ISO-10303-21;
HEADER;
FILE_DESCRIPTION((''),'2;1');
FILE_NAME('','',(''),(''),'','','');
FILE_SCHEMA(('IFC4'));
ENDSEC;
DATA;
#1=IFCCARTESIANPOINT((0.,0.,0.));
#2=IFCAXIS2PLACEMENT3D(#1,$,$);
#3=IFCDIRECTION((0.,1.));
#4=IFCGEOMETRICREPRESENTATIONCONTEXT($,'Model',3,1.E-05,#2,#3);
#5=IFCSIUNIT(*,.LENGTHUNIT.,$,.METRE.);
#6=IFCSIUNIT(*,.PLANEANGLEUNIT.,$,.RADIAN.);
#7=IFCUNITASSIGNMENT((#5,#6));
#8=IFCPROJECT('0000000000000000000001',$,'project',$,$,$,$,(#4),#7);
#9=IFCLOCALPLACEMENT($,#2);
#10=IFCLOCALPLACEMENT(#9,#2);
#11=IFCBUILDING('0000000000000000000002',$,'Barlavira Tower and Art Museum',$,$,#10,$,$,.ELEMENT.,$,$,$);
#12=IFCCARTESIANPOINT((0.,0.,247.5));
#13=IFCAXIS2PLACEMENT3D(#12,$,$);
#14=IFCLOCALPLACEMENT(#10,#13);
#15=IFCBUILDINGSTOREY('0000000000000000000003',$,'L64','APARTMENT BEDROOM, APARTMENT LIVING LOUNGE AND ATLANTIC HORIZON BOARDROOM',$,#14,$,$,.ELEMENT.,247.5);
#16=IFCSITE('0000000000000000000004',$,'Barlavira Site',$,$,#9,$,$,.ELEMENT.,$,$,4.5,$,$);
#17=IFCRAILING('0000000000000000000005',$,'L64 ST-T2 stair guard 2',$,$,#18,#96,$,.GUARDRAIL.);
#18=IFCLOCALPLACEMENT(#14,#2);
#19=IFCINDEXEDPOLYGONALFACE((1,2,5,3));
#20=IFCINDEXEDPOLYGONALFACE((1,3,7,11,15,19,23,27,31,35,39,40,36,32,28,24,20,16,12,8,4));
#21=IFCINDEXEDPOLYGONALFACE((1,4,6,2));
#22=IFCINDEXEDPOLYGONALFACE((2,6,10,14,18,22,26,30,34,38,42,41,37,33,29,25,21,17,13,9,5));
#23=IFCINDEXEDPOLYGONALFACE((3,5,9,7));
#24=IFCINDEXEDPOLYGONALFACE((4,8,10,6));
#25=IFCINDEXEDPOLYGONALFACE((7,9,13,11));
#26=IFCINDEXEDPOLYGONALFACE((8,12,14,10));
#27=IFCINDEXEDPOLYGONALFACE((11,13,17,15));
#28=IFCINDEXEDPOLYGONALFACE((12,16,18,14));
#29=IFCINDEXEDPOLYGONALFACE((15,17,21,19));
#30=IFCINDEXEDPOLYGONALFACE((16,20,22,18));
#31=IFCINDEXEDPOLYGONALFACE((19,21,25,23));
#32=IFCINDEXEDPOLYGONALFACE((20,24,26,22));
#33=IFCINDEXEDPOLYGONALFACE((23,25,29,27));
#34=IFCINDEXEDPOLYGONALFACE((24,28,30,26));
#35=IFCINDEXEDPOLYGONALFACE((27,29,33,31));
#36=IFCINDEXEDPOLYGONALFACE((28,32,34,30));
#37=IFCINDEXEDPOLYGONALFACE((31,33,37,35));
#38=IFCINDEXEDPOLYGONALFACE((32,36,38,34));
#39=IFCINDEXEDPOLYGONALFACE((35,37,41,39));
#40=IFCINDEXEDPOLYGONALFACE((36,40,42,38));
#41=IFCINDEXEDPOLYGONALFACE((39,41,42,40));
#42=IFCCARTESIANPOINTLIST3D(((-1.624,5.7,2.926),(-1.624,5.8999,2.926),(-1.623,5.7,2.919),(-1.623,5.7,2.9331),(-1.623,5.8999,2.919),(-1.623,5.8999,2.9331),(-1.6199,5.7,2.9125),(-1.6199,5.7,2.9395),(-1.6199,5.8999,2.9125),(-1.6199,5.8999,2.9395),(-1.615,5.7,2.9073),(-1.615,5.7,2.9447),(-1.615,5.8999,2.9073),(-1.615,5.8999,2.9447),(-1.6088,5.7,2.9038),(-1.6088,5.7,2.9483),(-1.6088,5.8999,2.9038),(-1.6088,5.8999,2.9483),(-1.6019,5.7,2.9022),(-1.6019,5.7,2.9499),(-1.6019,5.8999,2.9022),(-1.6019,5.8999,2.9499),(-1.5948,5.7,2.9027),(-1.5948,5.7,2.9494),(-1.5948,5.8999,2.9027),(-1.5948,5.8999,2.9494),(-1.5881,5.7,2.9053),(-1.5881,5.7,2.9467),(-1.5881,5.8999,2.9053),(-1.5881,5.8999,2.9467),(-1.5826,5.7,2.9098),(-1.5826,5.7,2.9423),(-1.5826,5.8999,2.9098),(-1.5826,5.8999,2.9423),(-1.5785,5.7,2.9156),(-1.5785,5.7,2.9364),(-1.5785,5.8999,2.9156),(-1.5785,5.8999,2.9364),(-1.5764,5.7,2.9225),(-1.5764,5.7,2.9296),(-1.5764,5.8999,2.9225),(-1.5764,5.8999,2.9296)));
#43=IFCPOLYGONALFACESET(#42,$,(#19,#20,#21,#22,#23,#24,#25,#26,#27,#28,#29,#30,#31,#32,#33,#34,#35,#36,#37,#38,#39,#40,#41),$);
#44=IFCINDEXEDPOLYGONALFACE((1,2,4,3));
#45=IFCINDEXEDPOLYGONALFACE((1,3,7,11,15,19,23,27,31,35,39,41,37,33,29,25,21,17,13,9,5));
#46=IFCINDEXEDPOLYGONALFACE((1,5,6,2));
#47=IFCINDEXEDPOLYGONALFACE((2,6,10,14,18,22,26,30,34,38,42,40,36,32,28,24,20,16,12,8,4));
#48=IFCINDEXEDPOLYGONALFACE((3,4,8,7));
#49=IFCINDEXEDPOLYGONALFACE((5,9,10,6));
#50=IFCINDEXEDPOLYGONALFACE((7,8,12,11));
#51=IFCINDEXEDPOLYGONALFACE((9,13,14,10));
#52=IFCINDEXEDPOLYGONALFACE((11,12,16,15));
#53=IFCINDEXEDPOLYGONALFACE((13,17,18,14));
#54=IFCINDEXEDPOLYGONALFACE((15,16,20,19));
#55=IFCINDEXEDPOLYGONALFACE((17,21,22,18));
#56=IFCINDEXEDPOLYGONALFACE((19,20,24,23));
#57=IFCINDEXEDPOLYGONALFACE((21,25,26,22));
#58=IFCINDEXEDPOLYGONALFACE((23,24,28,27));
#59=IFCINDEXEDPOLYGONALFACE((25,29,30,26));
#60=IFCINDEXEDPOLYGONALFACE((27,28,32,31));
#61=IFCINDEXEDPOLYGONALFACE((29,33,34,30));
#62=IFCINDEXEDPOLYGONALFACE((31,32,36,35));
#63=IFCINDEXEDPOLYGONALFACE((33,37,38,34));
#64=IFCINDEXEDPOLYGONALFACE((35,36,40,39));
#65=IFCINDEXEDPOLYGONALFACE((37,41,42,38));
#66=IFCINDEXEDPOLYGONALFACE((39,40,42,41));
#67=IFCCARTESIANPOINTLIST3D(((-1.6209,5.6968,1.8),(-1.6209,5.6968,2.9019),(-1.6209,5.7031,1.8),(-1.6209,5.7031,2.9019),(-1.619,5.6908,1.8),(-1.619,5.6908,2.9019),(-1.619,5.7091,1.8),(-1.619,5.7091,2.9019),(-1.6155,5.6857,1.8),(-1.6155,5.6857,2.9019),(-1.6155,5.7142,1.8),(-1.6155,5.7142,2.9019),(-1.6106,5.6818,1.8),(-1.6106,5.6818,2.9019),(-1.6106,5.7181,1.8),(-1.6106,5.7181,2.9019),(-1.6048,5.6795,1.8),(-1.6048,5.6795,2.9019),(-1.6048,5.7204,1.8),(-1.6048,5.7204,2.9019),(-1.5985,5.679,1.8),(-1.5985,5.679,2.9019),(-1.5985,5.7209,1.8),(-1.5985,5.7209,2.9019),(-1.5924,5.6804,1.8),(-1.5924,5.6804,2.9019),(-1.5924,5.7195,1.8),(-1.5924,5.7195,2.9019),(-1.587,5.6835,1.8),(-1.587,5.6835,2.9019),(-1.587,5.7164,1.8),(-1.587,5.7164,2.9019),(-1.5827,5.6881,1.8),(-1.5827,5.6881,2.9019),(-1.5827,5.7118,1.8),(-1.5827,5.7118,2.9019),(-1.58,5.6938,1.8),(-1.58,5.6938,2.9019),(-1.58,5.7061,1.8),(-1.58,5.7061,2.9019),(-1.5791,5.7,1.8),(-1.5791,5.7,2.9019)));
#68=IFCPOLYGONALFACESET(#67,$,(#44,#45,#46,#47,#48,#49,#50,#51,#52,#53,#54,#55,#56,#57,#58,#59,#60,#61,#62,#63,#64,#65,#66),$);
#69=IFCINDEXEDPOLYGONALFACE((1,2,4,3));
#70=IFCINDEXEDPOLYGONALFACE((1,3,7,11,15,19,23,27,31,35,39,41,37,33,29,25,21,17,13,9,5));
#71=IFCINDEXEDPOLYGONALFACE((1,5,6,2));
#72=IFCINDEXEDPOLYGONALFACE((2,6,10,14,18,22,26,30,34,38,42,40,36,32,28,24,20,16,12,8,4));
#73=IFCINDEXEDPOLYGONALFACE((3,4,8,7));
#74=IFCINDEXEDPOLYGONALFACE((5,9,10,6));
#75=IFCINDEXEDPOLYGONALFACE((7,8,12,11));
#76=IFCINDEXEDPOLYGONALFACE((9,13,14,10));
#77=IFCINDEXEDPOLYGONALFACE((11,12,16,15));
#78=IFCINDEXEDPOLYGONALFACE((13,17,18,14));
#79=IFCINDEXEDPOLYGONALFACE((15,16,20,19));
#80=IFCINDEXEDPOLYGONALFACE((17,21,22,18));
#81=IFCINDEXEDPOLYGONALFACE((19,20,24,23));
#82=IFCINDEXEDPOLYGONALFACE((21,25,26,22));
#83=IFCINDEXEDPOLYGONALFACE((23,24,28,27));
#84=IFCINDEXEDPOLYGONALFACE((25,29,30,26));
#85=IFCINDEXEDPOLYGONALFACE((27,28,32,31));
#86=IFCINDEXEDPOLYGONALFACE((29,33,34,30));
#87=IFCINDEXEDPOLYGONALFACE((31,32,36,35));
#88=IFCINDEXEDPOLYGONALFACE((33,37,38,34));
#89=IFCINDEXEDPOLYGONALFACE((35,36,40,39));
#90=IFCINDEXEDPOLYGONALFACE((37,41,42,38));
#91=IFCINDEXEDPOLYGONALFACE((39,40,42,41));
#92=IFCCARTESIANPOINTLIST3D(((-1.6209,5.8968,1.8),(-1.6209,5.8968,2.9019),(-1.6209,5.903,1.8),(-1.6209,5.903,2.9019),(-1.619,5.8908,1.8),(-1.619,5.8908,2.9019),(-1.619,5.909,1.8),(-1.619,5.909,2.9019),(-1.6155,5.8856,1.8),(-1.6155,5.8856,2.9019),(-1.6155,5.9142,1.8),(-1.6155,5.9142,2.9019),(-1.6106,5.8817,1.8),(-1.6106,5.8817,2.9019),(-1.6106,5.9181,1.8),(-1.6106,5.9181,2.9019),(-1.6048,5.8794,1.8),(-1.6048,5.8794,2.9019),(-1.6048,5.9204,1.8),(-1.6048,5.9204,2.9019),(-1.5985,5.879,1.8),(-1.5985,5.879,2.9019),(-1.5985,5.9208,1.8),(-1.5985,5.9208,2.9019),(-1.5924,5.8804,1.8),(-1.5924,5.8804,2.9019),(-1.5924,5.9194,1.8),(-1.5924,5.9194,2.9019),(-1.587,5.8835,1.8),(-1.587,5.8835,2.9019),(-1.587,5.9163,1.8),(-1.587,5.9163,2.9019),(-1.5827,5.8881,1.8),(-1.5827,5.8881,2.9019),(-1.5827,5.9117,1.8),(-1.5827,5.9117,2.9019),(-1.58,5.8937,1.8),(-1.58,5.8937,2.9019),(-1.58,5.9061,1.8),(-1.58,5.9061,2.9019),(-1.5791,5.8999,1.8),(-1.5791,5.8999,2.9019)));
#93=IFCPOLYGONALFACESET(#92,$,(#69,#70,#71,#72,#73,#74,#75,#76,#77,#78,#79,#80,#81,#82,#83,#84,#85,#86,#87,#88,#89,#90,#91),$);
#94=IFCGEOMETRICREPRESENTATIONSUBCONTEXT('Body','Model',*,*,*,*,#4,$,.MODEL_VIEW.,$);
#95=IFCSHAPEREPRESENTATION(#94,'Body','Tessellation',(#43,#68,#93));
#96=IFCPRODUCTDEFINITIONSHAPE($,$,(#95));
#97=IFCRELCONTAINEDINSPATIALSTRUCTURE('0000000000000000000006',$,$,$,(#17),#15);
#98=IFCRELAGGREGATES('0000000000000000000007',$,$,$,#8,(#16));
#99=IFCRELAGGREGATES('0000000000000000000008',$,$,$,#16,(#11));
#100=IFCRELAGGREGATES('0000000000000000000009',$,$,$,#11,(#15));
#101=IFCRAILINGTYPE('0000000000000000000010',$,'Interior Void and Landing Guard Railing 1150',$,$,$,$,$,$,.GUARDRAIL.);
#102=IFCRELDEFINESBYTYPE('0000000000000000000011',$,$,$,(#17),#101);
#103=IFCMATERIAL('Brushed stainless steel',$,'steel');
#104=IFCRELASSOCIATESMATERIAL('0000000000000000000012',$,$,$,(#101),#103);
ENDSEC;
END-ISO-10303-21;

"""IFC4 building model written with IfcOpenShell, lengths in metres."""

from ifc_helpers import new_model, si_unit, direction, frame, origin, origin_2d, place, context, subcontext, project, spatial, circle, extrude, material, type_object, element, save


model = new_model("IFC4")

# Units and contexts
model_context = context("Model", 3, precision=1e-05, world=origin(), true_north=direction((0.0, 1.0)))
body_context = subcontext(model_context, "Body", "Model", "MODEL_VIEW")
ifc_project = project(units=[si_unit("LENGTHUNIT", "METRE"), si_unit("PLANEANGLEUNIT", "RADIAN")], contexts=[model_context])

# Site, building, storey
site_placement = place(None, origin())
site = spatial("IfcSite", under=ifc_project, at=site_placement, Name="Barlavira Site", CompositionType="ELEMENT", RefElevation=4.5)
building_placement = place(site_placement, origin())
building = spatial("IfcBuilding", under=site, at=building_placement, Name="Barlavira Tower and Art Museum", CompositionType="ELEMENT")
storey_placement = place(building_placement, frame((0.0, 0.0, 247.5)))
storey = spatial("IfcBuildingStorey", under=building, at=storey_placement, Name="L64", Description="APARTMENT BEDROOM, APARTMENT LIVING LOUNGE AND ATLANTIC HORIZON BOARDROOM", CompositionType="ELEMENT", Elevation=247.5)

# Shared definitions
ifc_material_1 = material(Name="Brushed stainless steel", Category="steel")

# Railing
railing_type_1 = type_object("IfcRailingType", Name="Interior Void and Landing Guard Railing 1150", PredefinedType="GUARDRAIL", material=ifc_material_1)
railing_1_placement = place(storey_placement, frame((-1.6001, 5.7, 1.8)))
element("IfcRailing", 1, at=railing_1_placement, inside=storey, type_object=railing_type_1, Name="L64 ST-T2 stair guard 2", PredefinedType="GUARDRAIL", context=body_context, shape_type="SweptSolid", body=[
    extrude(circle(Radius=0.0239, at=origin_2d()), frame((0.0, 0.0, 1.126), z_axis=(0.0, 1.0, 0.0), x_axis=(-1.0, 0.0, 0.0)), (0.0, 0.0, 1.0), 0.2),
    extrude(circle(Radius=0.021, at=origin_2d()), origin(), (0.0, 0.0, 1.0), 1.1018),
    extrude(circle(Radius=0.021, at=origin_2d()), frame((0.0, 0.2, 0.0)), (0.0, 0.0, 1.0), 1.1018),
])

save(model, "model.ifc")
